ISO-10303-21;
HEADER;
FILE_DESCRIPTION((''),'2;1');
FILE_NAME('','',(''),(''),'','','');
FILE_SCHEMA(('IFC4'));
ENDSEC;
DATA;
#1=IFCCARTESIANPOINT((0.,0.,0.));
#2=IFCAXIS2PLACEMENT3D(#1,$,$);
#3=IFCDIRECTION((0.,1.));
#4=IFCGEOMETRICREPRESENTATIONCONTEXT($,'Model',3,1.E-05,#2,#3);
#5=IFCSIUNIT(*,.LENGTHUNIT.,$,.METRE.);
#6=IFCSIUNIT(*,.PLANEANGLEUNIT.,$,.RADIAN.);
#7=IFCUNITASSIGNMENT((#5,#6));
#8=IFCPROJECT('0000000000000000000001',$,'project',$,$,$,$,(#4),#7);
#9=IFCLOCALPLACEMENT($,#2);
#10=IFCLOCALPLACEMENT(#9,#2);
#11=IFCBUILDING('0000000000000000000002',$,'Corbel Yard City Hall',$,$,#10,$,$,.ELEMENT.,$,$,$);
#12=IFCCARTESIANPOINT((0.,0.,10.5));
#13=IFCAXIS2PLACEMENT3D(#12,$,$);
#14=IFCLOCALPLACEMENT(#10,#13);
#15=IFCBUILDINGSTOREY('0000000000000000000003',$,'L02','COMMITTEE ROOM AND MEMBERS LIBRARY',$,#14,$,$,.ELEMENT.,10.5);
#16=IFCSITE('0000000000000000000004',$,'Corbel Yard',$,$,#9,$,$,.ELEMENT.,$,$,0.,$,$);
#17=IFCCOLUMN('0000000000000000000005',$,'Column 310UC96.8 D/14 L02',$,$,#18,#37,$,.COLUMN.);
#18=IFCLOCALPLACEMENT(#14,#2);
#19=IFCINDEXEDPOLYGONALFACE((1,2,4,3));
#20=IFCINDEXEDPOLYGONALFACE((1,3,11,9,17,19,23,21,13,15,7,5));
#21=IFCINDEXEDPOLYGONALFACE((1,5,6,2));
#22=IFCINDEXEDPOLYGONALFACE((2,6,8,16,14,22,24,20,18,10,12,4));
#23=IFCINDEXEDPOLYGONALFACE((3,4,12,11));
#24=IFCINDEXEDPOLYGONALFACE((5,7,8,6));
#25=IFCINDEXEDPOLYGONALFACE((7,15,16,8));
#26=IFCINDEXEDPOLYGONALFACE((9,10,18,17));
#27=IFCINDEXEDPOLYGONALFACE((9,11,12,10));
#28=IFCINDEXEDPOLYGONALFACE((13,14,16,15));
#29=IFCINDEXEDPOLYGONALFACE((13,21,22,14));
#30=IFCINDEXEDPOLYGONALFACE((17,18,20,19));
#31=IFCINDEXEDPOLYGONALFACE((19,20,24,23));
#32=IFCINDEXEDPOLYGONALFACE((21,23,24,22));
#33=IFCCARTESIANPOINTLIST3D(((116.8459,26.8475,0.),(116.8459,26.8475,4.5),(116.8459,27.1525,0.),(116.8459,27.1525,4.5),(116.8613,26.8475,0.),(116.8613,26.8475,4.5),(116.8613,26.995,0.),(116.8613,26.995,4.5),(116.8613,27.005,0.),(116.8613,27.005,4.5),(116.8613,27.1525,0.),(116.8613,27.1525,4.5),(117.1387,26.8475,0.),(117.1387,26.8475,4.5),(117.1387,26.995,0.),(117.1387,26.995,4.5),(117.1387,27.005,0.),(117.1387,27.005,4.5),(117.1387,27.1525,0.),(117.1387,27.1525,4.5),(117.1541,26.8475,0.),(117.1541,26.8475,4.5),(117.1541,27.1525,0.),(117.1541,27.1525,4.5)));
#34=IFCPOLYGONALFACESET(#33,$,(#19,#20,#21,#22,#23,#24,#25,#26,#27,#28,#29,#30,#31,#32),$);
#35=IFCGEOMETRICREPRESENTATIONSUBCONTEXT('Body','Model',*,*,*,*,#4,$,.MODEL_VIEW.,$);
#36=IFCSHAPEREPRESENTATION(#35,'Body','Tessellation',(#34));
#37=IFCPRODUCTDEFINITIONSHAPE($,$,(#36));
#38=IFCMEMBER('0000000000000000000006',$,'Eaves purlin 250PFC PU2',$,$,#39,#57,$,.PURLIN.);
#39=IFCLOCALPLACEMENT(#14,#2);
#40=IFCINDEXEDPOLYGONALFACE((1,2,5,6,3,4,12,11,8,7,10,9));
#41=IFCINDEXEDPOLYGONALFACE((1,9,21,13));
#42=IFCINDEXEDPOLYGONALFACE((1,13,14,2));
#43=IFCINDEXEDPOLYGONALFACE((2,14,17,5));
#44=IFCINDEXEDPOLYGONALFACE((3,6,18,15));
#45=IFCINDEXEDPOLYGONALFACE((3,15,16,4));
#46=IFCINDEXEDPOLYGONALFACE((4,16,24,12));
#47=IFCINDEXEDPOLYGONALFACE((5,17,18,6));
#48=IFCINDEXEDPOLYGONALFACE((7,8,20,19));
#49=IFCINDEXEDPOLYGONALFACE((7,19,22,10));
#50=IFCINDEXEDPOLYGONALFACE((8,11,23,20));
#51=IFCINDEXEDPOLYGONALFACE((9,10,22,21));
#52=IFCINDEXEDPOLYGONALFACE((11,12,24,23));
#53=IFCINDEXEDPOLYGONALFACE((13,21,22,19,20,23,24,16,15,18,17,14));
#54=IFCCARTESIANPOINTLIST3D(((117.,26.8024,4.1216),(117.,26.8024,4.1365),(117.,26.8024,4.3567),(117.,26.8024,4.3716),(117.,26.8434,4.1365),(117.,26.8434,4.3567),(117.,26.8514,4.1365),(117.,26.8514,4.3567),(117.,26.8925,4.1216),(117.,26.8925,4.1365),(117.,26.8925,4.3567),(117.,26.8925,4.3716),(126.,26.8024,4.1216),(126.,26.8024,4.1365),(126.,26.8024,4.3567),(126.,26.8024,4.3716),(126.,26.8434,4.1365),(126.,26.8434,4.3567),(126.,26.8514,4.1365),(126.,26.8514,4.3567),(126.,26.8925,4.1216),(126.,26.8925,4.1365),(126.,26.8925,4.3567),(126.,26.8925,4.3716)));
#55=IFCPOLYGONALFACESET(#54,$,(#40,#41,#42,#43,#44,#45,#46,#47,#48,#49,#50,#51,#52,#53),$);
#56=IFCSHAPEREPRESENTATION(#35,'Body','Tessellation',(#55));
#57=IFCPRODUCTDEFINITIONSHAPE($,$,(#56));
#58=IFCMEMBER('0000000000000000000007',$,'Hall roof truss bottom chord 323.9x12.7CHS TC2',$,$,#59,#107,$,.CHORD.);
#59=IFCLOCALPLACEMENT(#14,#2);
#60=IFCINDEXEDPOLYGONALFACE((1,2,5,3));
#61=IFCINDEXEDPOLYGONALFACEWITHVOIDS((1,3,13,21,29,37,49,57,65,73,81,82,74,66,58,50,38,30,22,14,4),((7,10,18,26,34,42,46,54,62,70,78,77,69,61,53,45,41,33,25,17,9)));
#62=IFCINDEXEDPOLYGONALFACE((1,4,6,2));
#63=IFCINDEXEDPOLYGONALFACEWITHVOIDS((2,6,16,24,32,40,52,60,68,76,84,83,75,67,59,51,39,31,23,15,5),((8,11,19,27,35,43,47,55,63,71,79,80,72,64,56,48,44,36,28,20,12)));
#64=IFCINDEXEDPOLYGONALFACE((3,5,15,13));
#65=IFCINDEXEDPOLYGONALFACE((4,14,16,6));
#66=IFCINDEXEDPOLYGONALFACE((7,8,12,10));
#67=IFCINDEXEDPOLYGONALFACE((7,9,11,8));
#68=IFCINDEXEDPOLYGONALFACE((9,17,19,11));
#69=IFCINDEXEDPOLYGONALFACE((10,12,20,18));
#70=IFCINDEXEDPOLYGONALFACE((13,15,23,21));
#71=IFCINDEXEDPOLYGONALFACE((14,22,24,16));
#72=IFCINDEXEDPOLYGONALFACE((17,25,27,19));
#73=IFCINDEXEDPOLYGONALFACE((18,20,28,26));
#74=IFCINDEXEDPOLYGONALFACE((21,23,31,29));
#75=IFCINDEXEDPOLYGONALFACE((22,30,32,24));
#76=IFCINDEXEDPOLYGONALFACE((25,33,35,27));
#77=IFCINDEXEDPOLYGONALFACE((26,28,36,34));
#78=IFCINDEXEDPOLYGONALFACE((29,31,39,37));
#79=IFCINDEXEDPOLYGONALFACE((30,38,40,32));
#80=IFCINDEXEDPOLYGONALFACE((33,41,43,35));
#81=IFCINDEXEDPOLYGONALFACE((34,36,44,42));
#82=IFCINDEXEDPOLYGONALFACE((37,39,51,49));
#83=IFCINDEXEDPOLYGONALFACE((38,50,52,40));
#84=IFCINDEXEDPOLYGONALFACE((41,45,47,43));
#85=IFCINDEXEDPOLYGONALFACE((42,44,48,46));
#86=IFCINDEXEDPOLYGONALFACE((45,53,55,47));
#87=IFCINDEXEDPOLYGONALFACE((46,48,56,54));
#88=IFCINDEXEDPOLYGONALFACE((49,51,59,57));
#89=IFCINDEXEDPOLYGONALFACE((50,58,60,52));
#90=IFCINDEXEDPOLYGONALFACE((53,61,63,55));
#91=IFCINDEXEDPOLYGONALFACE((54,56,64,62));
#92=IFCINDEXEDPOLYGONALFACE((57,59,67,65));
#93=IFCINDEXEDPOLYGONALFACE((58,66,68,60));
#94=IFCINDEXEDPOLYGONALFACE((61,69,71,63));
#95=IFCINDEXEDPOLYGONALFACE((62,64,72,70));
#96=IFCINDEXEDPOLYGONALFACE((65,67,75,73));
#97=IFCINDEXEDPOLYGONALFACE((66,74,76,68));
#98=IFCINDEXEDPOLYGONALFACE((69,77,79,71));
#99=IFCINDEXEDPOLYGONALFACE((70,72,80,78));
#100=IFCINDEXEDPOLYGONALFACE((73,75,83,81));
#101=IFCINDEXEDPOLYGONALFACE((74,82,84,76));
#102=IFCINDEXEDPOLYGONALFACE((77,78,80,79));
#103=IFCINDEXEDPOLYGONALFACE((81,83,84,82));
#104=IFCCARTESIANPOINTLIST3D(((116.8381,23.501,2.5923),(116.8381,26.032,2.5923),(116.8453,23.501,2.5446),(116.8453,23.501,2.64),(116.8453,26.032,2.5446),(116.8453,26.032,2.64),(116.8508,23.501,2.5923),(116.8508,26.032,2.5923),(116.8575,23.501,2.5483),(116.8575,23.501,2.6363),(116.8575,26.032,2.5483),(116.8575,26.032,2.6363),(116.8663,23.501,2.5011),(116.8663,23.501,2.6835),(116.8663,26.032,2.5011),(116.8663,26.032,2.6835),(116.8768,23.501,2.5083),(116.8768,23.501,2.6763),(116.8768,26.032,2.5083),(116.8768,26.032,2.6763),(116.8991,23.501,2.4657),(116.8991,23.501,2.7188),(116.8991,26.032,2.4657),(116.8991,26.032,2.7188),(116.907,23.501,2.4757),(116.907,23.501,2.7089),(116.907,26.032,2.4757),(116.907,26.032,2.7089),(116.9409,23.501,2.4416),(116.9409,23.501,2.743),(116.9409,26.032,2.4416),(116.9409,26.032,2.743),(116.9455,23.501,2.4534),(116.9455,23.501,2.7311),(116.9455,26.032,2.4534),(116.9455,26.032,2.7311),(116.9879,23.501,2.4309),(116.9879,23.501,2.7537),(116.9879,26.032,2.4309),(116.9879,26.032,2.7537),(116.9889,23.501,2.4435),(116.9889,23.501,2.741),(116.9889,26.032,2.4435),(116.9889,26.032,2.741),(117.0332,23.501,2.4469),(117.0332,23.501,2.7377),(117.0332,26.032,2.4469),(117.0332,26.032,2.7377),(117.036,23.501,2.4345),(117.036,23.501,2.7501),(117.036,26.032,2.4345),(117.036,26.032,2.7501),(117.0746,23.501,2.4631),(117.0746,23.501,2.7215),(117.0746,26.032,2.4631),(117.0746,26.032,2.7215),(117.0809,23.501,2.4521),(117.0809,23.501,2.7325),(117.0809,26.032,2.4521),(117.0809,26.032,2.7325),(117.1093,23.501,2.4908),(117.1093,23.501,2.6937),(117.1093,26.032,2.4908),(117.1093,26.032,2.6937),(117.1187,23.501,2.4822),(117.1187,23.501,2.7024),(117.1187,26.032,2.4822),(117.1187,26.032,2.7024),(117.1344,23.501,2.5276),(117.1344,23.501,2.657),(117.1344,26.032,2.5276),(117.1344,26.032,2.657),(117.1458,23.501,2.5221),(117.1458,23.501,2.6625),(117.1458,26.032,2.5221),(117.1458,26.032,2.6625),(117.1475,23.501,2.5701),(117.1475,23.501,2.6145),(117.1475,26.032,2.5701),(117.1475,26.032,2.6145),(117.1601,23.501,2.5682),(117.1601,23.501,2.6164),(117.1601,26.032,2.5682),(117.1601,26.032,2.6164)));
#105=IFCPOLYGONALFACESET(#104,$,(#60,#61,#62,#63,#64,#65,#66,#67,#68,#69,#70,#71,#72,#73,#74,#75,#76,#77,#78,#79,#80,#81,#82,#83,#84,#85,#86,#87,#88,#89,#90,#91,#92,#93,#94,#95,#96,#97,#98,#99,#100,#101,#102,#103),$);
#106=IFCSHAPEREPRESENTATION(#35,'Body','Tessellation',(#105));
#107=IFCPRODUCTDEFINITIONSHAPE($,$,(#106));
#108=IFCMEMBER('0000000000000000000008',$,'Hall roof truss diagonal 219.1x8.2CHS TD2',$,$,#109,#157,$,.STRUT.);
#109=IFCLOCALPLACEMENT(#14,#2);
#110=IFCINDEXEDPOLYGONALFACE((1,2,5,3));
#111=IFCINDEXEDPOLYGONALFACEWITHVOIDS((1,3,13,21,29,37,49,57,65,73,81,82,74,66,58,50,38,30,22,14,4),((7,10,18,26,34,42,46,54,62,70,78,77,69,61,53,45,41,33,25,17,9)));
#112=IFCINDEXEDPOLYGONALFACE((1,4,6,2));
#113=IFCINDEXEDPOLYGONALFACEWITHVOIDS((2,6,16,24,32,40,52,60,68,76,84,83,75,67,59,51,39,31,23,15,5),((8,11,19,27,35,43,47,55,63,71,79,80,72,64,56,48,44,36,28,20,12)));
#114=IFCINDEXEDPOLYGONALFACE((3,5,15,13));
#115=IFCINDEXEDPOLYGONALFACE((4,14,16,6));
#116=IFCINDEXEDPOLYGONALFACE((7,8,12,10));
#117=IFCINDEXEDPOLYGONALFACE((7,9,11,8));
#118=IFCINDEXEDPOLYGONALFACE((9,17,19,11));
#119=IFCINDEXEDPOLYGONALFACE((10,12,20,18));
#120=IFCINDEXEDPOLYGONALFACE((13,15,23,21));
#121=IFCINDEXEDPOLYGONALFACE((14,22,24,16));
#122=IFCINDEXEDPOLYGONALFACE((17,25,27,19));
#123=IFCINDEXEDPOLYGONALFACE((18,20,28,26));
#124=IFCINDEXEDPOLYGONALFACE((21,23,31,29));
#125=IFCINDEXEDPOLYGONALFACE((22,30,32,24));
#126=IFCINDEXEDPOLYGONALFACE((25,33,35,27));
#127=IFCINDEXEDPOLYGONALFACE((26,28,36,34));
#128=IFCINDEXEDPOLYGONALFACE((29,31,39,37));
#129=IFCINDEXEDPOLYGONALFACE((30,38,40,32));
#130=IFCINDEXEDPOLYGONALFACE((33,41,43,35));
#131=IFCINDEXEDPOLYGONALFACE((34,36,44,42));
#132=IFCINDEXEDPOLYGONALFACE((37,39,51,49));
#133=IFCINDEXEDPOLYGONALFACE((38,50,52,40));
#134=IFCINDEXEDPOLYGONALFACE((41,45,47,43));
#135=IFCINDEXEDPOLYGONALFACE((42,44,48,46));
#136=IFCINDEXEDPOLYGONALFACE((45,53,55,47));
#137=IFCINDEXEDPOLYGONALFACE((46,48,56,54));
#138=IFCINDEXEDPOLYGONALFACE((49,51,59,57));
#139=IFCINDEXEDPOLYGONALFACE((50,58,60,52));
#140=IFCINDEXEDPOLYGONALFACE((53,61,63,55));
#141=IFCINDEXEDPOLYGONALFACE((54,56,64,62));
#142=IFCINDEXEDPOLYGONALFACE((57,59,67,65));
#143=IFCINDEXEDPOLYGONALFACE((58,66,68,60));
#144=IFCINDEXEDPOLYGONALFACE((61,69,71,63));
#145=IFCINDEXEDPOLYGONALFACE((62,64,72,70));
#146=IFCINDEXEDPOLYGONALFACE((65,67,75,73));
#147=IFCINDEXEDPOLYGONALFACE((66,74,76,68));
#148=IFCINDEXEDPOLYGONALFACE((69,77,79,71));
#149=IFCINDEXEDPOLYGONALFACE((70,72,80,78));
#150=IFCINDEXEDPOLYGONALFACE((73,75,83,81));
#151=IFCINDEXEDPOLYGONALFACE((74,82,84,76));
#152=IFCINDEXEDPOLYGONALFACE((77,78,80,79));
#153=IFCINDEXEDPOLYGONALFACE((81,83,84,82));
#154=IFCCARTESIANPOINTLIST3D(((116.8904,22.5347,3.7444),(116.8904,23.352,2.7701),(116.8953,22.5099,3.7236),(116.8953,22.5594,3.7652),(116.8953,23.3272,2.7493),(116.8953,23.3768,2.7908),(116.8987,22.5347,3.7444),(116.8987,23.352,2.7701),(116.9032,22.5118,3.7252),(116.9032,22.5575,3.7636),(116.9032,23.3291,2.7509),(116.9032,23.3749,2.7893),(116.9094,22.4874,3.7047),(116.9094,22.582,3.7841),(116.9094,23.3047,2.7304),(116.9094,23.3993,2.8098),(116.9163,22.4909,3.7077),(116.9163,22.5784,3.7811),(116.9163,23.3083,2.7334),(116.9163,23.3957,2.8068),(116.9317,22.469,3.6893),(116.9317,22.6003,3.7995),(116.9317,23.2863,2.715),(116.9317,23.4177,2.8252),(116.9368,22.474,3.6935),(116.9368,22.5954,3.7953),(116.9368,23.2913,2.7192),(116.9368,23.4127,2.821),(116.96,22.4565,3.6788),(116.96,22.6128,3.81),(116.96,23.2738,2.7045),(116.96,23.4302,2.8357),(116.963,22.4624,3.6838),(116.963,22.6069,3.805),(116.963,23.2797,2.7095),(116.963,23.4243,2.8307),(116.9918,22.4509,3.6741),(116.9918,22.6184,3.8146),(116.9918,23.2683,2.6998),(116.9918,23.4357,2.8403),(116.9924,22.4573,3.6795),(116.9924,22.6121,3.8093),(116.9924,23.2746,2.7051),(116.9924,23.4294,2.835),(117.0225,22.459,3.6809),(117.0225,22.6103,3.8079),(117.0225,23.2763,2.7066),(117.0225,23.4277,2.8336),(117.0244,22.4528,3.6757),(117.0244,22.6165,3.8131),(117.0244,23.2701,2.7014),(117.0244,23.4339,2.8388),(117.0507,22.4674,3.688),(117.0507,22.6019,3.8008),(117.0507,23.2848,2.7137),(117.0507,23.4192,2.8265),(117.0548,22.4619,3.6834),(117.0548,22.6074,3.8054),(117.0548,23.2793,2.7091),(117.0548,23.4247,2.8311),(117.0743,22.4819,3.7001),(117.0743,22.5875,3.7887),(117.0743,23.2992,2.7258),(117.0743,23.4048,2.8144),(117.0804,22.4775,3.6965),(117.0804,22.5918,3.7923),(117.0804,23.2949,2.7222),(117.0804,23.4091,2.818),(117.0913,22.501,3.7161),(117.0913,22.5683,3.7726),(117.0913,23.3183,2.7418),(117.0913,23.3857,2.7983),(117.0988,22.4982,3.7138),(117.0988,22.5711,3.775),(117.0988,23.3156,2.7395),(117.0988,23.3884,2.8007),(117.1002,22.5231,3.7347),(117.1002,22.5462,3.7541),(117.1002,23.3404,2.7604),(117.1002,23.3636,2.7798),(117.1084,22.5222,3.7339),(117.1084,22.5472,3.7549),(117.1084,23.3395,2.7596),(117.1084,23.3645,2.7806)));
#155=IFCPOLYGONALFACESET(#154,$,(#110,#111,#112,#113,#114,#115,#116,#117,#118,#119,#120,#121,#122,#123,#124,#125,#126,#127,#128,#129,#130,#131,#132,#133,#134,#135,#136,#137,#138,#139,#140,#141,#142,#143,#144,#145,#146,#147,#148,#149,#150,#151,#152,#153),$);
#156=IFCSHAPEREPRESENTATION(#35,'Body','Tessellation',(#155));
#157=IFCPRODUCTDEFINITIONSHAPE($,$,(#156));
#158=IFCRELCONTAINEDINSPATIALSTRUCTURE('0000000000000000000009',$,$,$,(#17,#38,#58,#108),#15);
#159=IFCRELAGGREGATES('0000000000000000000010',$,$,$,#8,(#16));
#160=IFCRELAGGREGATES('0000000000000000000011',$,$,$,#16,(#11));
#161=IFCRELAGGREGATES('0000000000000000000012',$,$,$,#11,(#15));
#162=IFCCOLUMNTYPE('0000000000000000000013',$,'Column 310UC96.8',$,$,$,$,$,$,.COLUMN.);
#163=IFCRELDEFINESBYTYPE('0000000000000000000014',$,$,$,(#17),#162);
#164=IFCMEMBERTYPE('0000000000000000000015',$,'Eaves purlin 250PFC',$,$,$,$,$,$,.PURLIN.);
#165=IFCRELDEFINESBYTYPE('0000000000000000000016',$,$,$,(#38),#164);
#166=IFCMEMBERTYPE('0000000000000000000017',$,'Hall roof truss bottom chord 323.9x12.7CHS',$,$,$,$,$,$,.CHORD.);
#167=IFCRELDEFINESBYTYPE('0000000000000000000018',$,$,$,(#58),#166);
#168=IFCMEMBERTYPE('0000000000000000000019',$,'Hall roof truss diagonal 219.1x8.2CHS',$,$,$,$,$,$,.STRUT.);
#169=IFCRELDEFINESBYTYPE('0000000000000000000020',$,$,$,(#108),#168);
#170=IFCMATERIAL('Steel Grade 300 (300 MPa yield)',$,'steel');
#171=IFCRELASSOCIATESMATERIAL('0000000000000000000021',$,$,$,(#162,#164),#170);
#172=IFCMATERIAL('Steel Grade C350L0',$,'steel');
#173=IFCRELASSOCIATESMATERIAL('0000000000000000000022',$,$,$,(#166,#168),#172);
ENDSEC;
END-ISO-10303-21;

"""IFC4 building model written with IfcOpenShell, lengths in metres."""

from ifc_helpers import new_model, si_unit, direction, frame, origin, origin_2d, place, context, subcontext, project, spatial, hollow_circle, i_section, extrude, material, material_profile, profile_set, type_object, element, save


model = new_model("IFC4")

# Units and contexts
model_context = context("Model", 3, precision=1e-05, world=origin(), true_north=direction((0.0, 1.0)))
body_context = subcontext(model_context, "Body", "Model", "MODEL_VIEW")
ifc_project = project(units=[si_unit("LENGTHUNIT", "METRE"), si_unit("PLANEANGLEUNIT", "RADIAN")], contexts=[model_context])

# Site, building, storey
site_placement = place(None, origin())
site = spatial("IfcSite", under=ifc_project, at=site_placement, Name="Corbel Yard", CompositionType="ELEMENT", RefElevation=0.0)
building_placement = place(site_placement, origin())
building = spatial("IfcBuilding", under=site, at=building_placement, Name="Corbel Yard City Hall", CompositionType="ELEMENT")
storey_placement = place(building_placement, frame((0.0, 0.0, 10.5)))
storey = spatial("IfcBuildingStorey", under=building, at=storey_placement, Name="L02", Description="COMMITTEE ROOM AND MEMBERS LIBRARY", CompositionType="ELEMENT", Elevation=10.5)

# Column
ifc_material_1 = material(Name="Steel Grade 300 (300 MPa yield)", Category="steel")
ifc_material_profile_1 = material_profile(ifc_material_1, i_section(OverallWidth=0.3049, OverallDepth=0.3081, WebThickness=0.01, FlangeThickness=0.0154, at=origin_2d()), Name="310UC96.8")
ifc_profile_set_1 = profile_set([ifc_material_profile_1], Name="Steel Grade 300 (300 MPa yield)")
column_type = type_object("IfcColumnType", Name="Column 310UC96.8", PredefinedType="COLUMN", material=ifc_profile_set_1)
column_placement = place(storey_placement, frame((117.0, 27.0, 0.0), z_axis=(0.0, 0.0, 1.0), x_axis=(0.0, 1.0, 0.0)))
element("IfcColumn", 1, at=column_placement, inside=storey, type_object=column_type, Name="Column 310UC96.8 D/14 L02", PredefinedType="COLUMN", context=body_context, shape_type="SweptSolid", body=[
    extrude(i_section(OverallWidth=0.3049, OverallDepth=0.3081, WebThickness=0.01, FlangeThickness=0.0154, at=origin_2d()), origin(), (0.0, 0.0, 1.0), 4.5),
])

# Members
ifc_material_profile_2 = material_profile(ifc_material_1, i_section(OverallWidth=0.0901, OverallDepth=0.25, WebThickness=0.0081, FlangeThickness=0.0149, at=origin_2d()), Name="250PFC")
ifc_profile_set_2 = profile_set([ifc_material_profile_2], Name="Steel Grade 300 (300 MPa yield)")
member_type_1 = type_object("IfcMemberType", Name="Eaves purlin 250PFC", PredefinedType="PURLIN", material=ifc_profile_set_2)
member_1_placement = place(storey_placement, frame((117.0, 26.8474, 4.2466), z_axis=(1.0, 0.0, 0.0), x_axis=(0.0, 1.0, 0.0)))
element("IfcMember", 2, at=member_1_placement, inside=storey, type_object=member_type_1, Name="Eaves purlin 250PFC PU2", PredefinedType="PURLIN", context=body_context, shape_type="SweptSolid", body=[
    extrude(i_section(OverallWidth=0.0901, OverallDepth=0.25, WebThickness=0.0081, FlangeThickness=0.0149, at=origin_2d()), origin(), (0.0, 0.0, 1.0), 9.0),
])
ifc_material_2 = material(Name="Steel Grade C350L0", Category="steel")
ifc_material_profile_3 = material_profile(ifc_material_2, hollow_circle(Radius=0.1619, WallThickness=0.0127, at=origin_2d()), Name="323.9x12.7CHS")
ifc_profile_set_3 = profile_set([ifc_material_profile_3], Name="Steel Grade C350L0")
member_type_2 = type_object("IfcMemberType", Name="Hall roof truss bottom chord 323.9x12.7CHS", PredefinedType="CHORD", material=ifc_profile_set_3)
member_2_placement = place(storey_placement, frame((117.0, 23.501, 2.5923), z_axis=(0.0, 1.0, 0.0), x_axis=(-1.0, 0.0, 0.0)))
element("IfcMember", 3, at=member_2_placement, inside=storey, type_object=member_type_2, Name="Hall roof truss bottom chord 323.9x12.7CHS TC2", PredefinedType="CHORD", context=body_context, shape_type="SweptSolid", body=[
    extrude(hollow_circle(Radius=0.1619, WallThickness=0.0127, at=origin_2d()), origin(), (0.0, 0.0, 1.0), 2.531),
])
ifc_material_profile_4 = material_profile(ifc_material_2, hollow_circle(Radius=0.1096, WallThickness=0.0083, at=origin_2d()), Name="219.1x8.2CHS")
ifc_profile_set_4 = profile_set([ifc_material_profile_4], Name="Steel Grade C350L0")
member_type_3 = type_object("IfcMemberType", Name="Hall roof truss diagonal 219.1x8.2CHS", PredefinedType="STRUT", material=ifc_profile_set_4)
for number, where, z_axis, x_axis, name in (
    (4, (117.0, 22.5347, 3.7444), (0.0, 0.642692, -0.766124), (-1.0, 0.0, 0.0), "Hall roof truss diagonal 219.1x8.2CHS TD2"),
):
    element("IfcMember", number, at=place(storey_placement, frame(where, z_axis=z_axis, x_axis=x_axis)), inside=storey, type_object=member_type_3, Name=name, PredefinedType="STRUT", context=body_context, shape_type="SweptSolid", body=[
        extrude(hollow_circle(Radius=0.1096, WallThickness=0.0083, at=origin_2d()), origin(), (0.0, 0.0, 1.0), 1.2717),
    ])

save(model, "model.ifc")
